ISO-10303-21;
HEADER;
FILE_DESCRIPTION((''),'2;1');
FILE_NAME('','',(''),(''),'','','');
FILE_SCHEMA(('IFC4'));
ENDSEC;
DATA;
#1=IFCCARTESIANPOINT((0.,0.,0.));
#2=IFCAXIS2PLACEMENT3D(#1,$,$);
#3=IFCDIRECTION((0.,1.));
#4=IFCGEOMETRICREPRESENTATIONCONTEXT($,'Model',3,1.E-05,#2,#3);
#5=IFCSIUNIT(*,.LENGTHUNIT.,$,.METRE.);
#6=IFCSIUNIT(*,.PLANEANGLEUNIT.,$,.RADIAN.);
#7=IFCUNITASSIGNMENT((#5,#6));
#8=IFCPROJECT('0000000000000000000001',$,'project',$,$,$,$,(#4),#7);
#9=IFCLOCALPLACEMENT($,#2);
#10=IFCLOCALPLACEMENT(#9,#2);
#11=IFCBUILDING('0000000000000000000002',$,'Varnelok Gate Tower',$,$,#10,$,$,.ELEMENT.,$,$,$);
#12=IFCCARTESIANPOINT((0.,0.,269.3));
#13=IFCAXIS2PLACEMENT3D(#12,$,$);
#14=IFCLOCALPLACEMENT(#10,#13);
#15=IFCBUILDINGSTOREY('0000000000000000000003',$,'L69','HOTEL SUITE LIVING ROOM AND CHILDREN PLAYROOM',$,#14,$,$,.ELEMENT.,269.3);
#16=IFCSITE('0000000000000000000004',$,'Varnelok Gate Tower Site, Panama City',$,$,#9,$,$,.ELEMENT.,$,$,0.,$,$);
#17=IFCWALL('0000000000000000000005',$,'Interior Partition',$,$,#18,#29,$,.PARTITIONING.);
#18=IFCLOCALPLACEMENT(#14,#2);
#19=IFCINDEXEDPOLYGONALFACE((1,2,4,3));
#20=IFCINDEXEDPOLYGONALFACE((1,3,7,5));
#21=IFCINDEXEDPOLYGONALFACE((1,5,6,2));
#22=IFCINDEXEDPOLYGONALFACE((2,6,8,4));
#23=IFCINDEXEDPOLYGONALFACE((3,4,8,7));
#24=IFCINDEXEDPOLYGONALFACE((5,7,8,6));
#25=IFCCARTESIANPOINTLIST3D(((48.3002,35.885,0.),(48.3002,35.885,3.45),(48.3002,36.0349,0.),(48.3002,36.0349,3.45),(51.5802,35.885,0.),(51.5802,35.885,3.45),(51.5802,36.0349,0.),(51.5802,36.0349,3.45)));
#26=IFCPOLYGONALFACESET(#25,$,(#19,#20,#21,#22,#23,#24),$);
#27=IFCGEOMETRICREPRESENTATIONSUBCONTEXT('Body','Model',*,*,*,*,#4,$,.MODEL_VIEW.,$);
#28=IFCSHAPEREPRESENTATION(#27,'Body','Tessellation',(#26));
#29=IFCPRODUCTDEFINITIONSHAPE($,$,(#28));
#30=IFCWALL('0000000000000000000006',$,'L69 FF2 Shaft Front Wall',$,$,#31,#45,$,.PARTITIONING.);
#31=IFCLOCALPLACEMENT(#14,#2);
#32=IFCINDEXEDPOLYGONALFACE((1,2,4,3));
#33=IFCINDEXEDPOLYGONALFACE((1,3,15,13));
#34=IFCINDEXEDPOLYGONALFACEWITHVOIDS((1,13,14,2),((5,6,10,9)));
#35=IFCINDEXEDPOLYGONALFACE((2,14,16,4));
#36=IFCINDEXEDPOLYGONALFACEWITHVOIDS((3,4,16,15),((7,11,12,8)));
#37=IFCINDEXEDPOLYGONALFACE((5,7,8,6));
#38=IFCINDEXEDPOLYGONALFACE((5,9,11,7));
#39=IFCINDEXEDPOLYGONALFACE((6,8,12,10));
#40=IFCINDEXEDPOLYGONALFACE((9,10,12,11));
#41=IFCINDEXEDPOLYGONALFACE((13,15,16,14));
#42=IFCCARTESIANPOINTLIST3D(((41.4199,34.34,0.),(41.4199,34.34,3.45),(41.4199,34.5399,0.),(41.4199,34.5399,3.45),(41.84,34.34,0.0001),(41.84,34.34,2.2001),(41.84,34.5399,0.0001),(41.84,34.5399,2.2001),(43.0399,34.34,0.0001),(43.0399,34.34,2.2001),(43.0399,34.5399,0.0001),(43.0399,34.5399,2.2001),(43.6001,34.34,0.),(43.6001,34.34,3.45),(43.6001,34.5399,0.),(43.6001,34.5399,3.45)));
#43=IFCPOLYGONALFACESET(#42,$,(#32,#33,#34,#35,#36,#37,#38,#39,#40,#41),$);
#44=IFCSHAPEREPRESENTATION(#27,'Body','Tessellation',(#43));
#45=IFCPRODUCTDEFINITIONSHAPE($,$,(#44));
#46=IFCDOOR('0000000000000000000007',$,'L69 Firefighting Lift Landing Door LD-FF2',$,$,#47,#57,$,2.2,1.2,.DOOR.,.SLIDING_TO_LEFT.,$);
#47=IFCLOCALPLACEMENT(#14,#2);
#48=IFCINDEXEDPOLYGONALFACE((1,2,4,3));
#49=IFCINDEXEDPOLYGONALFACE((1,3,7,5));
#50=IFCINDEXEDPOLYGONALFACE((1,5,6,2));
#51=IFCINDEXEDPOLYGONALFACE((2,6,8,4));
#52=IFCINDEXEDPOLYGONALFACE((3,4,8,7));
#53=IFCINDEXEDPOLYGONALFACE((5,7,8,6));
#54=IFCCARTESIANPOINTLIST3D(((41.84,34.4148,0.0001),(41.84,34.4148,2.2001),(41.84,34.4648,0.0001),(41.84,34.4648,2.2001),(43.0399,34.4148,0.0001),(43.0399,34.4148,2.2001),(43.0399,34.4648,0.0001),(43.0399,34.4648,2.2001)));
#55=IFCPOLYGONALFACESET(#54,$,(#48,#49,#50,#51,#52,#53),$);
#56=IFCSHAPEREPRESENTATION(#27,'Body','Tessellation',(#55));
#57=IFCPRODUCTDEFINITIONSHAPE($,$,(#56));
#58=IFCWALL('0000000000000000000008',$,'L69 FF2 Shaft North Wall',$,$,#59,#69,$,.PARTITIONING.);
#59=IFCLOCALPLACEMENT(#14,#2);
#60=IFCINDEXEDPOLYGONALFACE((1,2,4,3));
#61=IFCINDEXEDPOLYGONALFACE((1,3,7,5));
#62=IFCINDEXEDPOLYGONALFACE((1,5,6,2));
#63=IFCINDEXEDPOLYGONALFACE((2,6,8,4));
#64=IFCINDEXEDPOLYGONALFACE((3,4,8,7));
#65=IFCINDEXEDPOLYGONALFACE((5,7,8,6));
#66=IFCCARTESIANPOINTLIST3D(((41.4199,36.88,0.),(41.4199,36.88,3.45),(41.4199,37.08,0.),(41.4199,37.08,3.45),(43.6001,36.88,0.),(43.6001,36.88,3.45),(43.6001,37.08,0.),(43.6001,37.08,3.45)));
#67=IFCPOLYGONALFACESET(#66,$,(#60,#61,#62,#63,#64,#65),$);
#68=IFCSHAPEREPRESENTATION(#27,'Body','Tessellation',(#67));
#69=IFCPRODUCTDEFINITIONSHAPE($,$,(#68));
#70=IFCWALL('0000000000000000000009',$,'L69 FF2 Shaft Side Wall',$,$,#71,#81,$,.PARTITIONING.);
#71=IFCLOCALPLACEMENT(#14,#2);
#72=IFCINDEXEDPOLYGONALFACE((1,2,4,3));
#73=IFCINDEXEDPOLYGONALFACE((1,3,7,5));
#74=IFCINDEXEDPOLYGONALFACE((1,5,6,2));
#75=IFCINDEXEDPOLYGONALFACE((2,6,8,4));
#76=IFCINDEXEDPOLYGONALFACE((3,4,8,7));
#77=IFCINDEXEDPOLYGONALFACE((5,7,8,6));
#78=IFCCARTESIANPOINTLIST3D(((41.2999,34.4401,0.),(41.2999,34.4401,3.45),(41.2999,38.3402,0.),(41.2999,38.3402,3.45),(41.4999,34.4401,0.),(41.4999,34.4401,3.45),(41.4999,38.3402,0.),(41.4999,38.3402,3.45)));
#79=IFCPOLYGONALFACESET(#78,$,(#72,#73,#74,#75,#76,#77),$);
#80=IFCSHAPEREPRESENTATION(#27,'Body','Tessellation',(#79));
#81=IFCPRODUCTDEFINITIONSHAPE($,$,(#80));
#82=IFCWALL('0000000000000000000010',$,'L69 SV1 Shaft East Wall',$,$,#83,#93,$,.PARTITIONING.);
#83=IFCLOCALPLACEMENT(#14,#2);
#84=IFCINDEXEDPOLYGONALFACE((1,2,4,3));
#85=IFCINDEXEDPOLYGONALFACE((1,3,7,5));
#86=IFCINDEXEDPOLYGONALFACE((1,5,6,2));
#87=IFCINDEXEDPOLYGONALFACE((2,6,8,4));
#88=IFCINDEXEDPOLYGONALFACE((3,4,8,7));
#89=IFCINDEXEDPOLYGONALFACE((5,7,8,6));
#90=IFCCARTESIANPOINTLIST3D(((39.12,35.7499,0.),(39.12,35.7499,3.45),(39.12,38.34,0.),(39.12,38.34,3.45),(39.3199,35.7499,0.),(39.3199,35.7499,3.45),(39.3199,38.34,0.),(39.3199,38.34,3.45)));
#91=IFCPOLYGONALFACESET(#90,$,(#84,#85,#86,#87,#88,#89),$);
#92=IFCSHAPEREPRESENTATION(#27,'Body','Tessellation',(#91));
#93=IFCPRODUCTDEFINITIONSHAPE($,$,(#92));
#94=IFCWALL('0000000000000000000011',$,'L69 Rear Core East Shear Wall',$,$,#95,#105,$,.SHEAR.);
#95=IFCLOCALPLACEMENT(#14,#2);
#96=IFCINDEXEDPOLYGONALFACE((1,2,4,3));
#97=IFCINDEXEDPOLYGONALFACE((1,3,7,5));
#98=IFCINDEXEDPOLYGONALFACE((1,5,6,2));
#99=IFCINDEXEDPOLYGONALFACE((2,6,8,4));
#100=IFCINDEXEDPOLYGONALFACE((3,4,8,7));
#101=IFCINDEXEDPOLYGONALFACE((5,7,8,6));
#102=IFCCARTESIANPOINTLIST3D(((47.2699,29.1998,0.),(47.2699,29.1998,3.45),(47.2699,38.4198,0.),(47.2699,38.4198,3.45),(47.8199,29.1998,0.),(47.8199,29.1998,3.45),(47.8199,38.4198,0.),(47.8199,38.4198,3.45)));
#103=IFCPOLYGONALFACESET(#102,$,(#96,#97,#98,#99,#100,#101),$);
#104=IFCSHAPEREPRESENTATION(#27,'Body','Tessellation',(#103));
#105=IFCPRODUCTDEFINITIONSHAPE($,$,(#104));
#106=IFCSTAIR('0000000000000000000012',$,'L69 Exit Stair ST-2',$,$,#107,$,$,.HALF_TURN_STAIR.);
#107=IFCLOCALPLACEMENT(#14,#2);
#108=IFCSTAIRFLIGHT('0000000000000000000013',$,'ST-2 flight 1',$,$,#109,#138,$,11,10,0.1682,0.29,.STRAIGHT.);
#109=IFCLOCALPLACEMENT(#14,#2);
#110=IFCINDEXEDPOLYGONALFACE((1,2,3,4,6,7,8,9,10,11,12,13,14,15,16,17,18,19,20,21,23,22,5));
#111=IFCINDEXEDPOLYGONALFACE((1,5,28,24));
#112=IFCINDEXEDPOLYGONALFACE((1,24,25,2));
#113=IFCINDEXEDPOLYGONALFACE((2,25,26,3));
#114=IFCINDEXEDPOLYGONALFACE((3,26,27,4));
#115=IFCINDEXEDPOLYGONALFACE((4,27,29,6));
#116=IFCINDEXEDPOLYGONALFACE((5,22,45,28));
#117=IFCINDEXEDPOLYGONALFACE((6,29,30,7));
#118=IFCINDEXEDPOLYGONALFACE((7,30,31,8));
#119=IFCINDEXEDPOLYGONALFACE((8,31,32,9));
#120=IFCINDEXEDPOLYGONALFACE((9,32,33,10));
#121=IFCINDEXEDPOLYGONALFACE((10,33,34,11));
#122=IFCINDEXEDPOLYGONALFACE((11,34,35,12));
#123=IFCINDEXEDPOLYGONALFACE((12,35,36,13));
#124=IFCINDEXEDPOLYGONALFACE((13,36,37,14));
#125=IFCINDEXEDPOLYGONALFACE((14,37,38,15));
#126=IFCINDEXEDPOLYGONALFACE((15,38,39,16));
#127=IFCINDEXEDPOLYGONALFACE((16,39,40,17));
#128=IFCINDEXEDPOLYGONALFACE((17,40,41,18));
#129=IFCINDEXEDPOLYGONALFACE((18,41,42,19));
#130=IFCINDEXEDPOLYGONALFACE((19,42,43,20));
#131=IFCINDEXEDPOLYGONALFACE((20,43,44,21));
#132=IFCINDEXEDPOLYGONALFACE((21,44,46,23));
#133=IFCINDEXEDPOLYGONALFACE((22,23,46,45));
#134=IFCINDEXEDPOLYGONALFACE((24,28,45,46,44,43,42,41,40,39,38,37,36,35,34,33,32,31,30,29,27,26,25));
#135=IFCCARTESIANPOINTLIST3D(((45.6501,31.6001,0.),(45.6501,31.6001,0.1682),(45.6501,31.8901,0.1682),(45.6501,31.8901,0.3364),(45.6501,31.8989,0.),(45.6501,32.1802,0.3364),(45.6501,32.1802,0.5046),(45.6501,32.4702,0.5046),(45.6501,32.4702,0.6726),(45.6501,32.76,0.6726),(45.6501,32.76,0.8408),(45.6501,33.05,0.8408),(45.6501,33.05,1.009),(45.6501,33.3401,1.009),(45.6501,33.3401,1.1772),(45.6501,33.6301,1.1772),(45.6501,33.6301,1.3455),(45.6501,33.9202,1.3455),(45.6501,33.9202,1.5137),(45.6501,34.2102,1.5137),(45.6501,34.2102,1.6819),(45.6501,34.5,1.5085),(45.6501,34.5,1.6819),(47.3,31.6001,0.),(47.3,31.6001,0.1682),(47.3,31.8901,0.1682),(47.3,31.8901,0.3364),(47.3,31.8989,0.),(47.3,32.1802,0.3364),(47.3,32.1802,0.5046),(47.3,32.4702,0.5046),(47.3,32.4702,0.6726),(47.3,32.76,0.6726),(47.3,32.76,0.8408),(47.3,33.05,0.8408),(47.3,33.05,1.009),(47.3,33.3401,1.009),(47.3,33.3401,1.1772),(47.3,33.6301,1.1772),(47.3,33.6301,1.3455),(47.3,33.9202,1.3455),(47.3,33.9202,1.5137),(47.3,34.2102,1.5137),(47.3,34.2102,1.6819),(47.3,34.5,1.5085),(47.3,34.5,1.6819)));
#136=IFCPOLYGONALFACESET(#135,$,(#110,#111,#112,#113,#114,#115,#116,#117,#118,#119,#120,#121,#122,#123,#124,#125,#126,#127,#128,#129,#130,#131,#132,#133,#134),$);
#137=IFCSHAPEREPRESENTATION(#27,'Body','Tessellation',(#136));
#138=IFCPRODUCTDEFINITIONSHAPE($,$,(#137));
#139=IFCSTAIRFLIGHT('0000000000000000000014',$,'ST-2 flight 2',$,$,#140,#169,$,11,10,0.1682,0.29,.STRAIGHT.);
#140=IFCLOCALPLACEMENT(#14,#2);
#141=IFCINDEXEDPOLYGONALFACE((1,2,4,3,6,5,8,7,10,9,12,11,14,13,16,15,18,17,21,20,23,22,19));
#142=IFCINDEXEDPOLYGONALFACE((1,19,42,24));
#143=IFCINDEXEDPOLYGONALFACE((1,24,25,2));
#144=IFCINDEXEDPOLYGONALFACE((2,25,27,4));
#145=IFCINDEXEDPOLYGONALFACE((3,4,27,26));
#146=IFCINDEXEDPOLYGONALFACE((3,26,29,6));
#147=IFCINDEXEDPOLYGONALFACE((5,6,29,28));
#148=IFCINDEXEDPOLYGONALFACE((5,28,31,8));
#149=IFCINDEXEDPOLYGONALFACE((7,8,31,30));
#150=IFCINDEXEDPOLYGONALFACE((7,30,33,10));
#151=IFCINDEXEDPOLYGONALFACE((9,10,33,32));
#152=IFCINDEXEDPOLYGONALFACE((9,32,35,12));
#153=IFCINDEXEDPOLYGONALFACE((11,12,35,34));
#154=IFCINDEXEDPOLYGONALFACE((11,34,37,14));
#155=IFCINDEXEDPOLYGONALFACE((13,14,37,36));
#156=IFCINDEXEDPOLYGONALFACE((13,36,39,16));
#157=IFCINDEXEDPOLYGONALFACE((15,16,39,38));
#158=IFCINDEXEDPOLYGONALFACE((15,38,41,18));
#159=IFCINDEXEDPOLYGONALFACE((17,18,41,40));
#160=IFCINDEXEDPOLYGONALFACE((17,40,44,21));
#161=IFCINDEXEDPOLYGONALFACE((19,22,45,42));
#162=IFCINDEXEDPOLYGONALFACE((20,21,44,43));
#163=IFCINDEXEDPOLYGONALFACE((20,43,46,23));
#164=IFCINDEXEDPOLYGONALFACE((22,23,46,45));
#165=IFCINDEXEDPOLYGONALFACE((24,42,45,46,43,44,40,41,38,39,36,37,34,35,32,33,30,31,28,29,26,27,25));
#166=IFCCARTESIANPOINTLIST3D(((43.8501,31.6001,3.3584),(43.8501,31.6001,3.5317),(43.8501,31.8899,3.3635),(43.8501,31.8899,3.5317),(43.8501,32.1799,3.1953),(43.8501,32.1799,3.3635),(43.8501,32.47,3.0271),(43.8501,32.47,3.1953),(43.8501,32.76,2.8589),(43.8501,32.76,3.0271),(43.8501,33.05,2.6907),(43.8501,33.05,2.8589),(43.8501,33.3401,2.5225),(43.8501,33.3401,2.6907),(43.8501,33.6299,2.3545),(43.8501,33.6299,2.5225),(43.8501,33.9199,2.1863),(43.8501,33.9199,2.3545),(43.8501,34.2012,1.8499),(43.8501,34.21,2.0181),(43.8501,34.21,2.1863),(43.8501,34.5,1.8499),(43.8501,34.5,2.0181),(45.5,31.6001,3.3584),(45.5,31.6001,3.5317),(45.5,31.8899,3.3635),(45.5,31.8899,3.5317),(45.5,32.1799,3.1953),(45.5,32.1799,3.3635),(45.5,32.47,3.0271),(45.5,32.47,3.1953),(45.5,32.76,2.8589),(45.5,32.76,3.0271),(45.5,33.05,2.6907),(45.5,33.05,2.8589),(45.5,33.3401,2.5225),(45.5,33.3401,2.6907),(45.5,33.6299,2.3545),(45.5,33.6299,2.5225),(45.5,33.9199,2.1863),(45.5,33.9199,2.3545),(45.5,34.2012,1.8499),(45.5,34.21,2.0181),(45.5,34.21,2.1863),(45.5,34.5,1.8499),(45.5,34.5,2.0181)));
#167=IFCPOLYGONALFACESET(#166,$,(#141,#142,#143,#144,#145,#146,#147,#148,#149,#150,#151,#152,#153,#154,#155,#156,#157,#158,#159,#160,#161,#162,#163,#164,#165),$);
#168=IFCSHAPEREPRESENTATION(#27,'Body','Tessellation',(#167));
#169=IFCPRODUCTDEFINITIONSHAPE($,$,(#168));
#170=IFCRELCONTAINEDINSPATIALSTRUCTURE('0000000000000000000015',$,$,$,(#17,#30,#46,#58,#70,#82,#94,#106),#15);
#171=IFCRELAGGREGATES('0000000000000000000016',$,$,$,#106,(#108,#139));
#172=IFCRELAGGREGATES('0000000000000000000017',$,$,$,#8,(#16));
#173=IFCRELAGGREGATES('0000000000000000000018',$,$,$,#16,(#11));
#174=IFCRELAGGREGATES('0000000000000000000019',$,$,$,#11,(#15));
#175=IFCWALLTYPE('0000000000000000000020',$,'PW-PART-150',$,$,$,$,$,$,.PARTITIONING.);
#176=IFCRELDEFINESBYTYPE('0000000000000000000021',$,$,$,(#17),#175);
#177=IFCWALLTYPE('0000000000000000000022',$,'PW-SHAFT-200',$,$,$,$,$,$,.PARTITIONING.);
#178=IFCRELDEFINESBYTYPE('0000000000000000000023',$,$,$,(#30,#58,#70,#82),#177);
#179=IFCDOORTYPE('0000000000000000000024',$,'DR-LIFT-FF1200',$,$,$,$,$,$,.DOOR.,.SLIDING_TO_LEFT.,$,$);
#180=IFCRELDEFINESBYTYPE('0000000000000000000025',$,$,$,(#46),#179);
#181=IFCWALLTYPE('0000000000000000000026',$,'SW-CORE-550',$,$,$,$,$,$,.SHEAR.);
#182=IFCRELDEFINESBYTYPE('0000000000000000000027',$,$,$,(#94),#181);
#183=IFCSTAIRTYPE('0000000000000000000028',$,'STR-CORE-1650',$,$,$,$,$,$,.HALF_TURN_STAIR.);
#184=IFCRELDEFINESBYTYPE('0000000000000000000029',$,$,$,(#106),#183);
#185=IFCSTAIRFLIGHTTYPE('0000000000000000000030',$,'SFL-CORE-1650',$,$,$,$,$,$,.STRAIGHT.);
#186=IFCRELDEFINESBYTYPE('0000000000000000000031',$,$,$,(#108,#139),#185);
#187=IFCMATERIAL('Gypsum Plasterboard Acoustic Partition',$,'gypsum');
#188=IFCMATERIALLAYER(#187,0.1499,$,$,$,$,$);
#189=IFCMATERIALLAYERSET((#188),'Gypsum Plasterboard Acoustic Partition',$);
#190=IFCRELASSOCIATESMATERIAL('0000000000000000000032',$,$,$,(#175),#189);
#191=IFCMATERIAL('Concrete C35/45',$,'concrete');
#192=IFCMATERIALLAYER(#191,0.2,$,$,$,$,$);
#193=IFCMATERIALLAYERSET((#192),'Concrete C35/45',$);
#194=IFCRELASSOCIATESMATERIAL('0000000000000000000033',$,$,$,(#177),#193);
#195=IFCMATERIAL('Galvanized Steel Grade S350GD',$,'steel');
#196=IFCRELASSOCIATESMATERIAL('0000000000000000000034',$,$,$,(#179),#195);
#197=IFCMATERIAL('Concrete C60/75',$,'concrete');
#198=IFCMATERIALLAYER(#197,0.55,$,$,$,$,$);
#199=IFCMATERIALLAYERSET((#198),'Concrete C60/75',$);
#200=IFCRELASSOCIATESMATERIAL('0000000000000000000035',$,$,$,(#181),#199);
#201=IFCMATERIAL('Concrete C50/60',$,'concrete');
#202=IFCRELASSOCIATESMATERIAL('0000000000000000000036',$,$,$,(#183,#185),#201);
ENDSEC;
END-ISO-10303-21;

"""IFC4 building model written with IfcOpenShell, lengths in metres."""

from ifc_helpers import new_model, si_unit, direction, frame, frame_2d, origin, place, context, subcontext, project, spatial, polyline, rectangle, outline, extrude, material, layer, layer_set, type_object, element, fill, aggregate, save


model = new_model("IFC4")

# Units and contexts
model_context = context("Model", 3, precision=1e-05, world=origin(), true_north=direction((0.0, 1.0)))
body_context = subcontext(model_context, "Body", "Model", "MODEL_VIEW")
ifc_project = project(units=[si_unit("LENGTHUNIT", "METRE"), si_unit("PLANEANGLEUNIT", "RADIAN")], contexts=[model_context])

# Site, building, storey
site_placement = place(None, origin())
site = spatial("IfcSite", under=ifc_project, at=site_placement, Name="Varnelok Gate Tower Site, Panama City", CompositionType="ELEMENT", RefElevation=0.0)
building_placement = place(site_placement, origin())
building = spatial("IfcBuilding", under=site, at=building_placement, Name="Varnelok Gate Tower", CompositionType="ELEMENT")
storey_placement = place(building_placement, frame((0.0, 0.0, 269.3)))
storey = spatial("IfcBuildingStorey", under=building, at=storey_placement, Name="L69", Description="HOTEL SUITE LIVING ROOM AND CHILDREN PLAYROOM", CompositionType="ELEMENT", Elevation=269.3)

# Shared definitions
ifc_material_1 = material(Name="Concrete C50/60", Category="concrete")

# Shared definitions
ifc_material_2 = material(Name="Gypsum Plasterboard Acoustic Partition", Category="gypsum")
ifc_layer_1 = layer(ifc_material_2, 0.1499)
ifc_layer_set_1 = layer_set([ifc_layer_1], Name="Gypsum Plasterboard Acoustic Partition")
wall_type_1 = type_object("IfcWallType", Name="PW-PART-150", PredefinedType="PARTITIONING", material=ifc_layer_set_1)
ifc_material_3 = material(Name="Galvanized Steel Grade S350GD", Category="steel")

# Wall
wall_1_placement = place(storey_placement, frame((48.3, 35.96, 0.0), z_axis=(0.0, 0.0, 1.0), x_axis=(1.0, 0.0, 0.0)))
element("IfcWall", 1, at=wall_1_placement, inside=storey, type_object=wall_type_1, Name="Interior Partition", PredefinedType="PARTITIONING", context=body_context, shape_type="SweptSolid", body=[
    extrude(rectangle(XDim=3.28, YDim=0.1499, at=frame_2d((1.6401, 0.0))), origin(), (0.0, 0.0, 1.0), 3.45),
])

# Wall, opening, door
ifc_material_4 = material(Name="Concrete C35/45", Category="concrete")
ifc_layer_2 = layer(ifc_material_4, 0.2)
ifc_layer_set_2 = layer_set([ifc_layer_2], Name="Concrete C35/45")
wall_type_2 = type_object("IfcWallType", Name="PW-SHAFT-200", PredefinedType="PARTITIONING", material=ifc_layer_set_2)
wall_2_placement = place(storey_placement, frame((41.4199, 34.4399, 0.0), z_axis=(0.0, 0.0, 1.0), x_axis=(1.0, 0.0, 0.0)))
wall_2 = element("IfcWall", 2, at=wall_2_placement, inside=storey, type_object=wall_type_2, Name="L69 FF2 Shaft Front Wall", PredefinedType="PARTITIONING", context=body_context, shape_type="SweptSolid", body=[
    extrude(rectangle(XDim=2.1802, YDim=0.2, at=frame_2d((1.0901, 0.0))), origin(), (0.0, 0.0, 1.0), 3.45),
])
opening_1_placement = place(wall_2_placement, frame((0.4199, 0.0, 0.0)))
opening_1 = element("IfcOpeningElement", 3, at=opening_1_placement, cuts=wall_2, PredefinedType="OPENING", context=body_context, shape_type="SweptSolid", body=[
    extrude(rectangle(XDim=1.2, YDim=2.2, at=frame_2d((0.6001, 1.1001))), frame((0.0, 0.1099, 0.0), z_axis=(0.0, -1.0, 0.0), x_axis=(1.0, 0.0, 0.0)), (0.0, 0.0, 1.0), 0.22),
])
door_type_1 = type_object("IfcDoorType", Name="DR-LIFT-FF1200", OperationType="SLIDING_TO_LEFT", PredefinedType="DOOR", material=ifc_material_3)
door_1_placement = place(opening_1_placement, origin())
door_1 = element("IfcDoor", 4, at=door_1_placement, inside=storey, type_object=door_type_1, Name="L69 Firefighting Lift Landing Door LD-FF2", OperationType="SLIDING_TO_LEFT", OverallHeight=2.2, OverallWidth=1.2, PredefinedType="DOOR", context=body_context, shape_type="SweptSolid", body=[
    extrude(rectangle(XDim=1.2, YDim=2.2, at=frame_2d((0.6001, 1.1001))), frame((0.0, 0.0249, 0.0), z_axis=(0.0, -1.0, 0.0), x_axis=(1.0, 0.0, 0.0)), (0.0, 0.0, 1.0), 0.05),
])
fill(opening_1, door_1)

# Walls
wall_3_placement = place(storey_placement, frame((41.4199, 36.98, 0.0), z_axis=(0.0, 0.0, 1.0), x_axis=(1.0, 0.0, 0.0)))
element("IfcWall", 5, at=wall_3_placement, inside=storey, type_object=wall_type_2, Name="L69 FF2 Shaft North Wall", PredefinedType="PARTITIONING", context=body_context, shape_type="SweptSolid", body=[
    extrude(rectangle(XDim=2.1802, YDim=0.2, at=frame_2d((1.0901, 0.0))), origin(), (0.0, 0.0, 1.0), 3.45),
])
wall_4_placement = place(storey_placement, frame((41.3999, 34.4399, 0.0), z_axis=(0.0, 0.0, 1.0), x_axis=(0.0, 1.0, 0.0)))
element("IfcWall", 6, at=wall_4_placement, inside=storey, type_object=wall_type_2, Name="L69 FF2 Shaft Side Wall", PredefinedType="PARTITIONING", context=body_context, shape_type="SweptSolid", body=[
    extrude(rectangle(XDim=3.9001, YDim=0.2, at=frame_2d((1.9502, 0.0))), origin(), (0.0, 0.0, 1.0), 3.45),
])
wall_5_placement = place(storey_placement, frame((39.22, 35.75, 0.0), z_axis=(0.0, 0.0, 1.0), x_axis=(0.0, 1.0, 0.0)))
element("IfcWall", 7, at=wall_5_placement, inside=storey, type_object=wall_type_2, Name="L69 SV1 Shaft East Wall", PredefinedType="PARTITIONING", context=body_context, shape_type="SweptSolid", body=[
    extrude(rectangle(XDim=2.5901, YDim=0.2, at=frame_2d((1.2949, 0.0))), origin(), (0.0, 0.0, 1.0), 3.45),
])
ifc_material_5 = material(Name="Concrete C60/75", Category="concrete")
ifc_layer_3 = layer(ifc_material_5, 0.55)
ifc_layer_set_3 = layer_set([ifc_layer_3], Name="Concrete C60/75")
wall_type_3 = type_object("IfcWallType", Name="SW-CORE-550", PredefinedType="SHEAR", material=ifc_layer_set_3)
wall_6_placement = place(storey_placement, frame((47.5449, 29.2, 0.0), z_axis=(0.0, 0.0, 1.0), x_axis=(0.0, 1.0, 0.0)))
element("IfcWall", 8, at=wall_6_placement, inside=storey, type_object=wall_type_3, Name="L69 Rear Core East Shear Wall", PredefinedType="SHEAR", context=body_context, shape_type="SweptSolid", body=[
    extrude(rectangle(XDim=9.22, YDim=0.55, at=frame_2d((4.6099, 0.0))), origin(), (0.0, 0.0, 1.0), 3.45),
])

# Stair, stair flights
stair_type = type_object("IfcStairType", Name="STR-CORE-1650", PredefinedType="HALF_TURN_STAIR", material=ifc_material_1)
stair_placement = place(storey_placement, origin())
stair = element("IfcStair", 9, at=stair_placement, inside=storey, type_object=stair_type, Name="L69 Exit Stair ST-2", PredefinedType="HALF_TURN_STAIR")
stair_flight_type = type_object("IfcStairFlightType", Name="SFL-CORE-1650", PredefinedType="STRAIGHT", material=ifc_material_1)
stair_flight_1_placement = place(storey_placement, frame((46.4751, 31.6001, 0.0), z_axis=(0.0, 0.0, 1.0), x_axis=(0.0, 1.0, 0.0)))
stair_flight_1 = element("IfcStairFlight", 10, at=stair_flight_1_placement, type_object=stair_flight_type, Name="ST-2 flight 1", NumberOfRisers=11, NumberOfTreads=10, PredefinedType="STRAIGHT", RiserHeight=0.1682, TreadLength=0.29, context=body_context, shape_type="SweptSolid", body=[
    extrude(outline(polyline([(0.0, 0.0), (0.0, 0.1682), (0.29, 0.1682), (0.29, 0.3364), (0.5801, 0.3364), (0.5801, 0.5046), (0.8701, 0.5046), (0.8701, 0.6726), (1.1599, 0.6726), (1.1599, 0.8408), (1.45, 0.8408), (1.45, 1.009), (1.74, 1.009), (1.74, 1.1772), (2.03, 1.1772), (2.03, 1.3455), (2.3201, 1.3455), (2.3201, 1.5137), (2.6101, 1.5137), (2.6101, 1.6819), (2.8999, 1.6819), (2.8999, 1.8501), (2.8999, 1.5085), (0.2988, 0.0), (0.0, 0.0)])), frame((0.0, 0.825, 0.0), z_axis=(0.0, -1.0, 0.0), x_axis=(1.0, 0.0, 0.0)), (0.0, 0.0, 1.0), 1.6499),
])
stair_flight_2_placement = place(storey_placement, frame((44.675, 34.5, 1.8499), z_axis=(0.0, 0.0, 1.0), x_axis=(0.0, -1.0, 0.0)))
stair_flight_2 = element("IfcStairFlight", 11, at=stair_flight_2_placement, type_object=stair_flight_type, Name="ST-2 flight 2", NumberOfRisers=11, NumberOfTreads=10, PredefinedType="STRAIGHT", RiserHeight=0.1682, TreadLength=0.29, context=body_context, shape_type="SweptSolid", body=[
    extrude(outline(polyline([(0.0, 0.0), (0.0, 0.1682), (0.29, 0.1682), (0.29, 0.3364), (0.5801, 0.3364), (0.5801, 0.5046), (0.8701, 0.5046), (0.8701, 0.6726), (1.1599, 0.6726), (1.1599, 0.8408), (1.45, 0.8408), (1.45, 1.009), (1.74, 1.009), (1.74, 1.1772), (2.03, 1.1772), (2.03, 1.3455), (2.3201, 1.3455), (2.3201, 1.5137), (2.6101, 1.5137), (2.6101, 1.6819), (2.8999, 1.6819), (2.8999, 1.8501), (2.8999, 1.5085), (0.2988, 0.0), (0.0, 0.0)])), frame((0.0, 0.825, 0.0), z_axis=(0.0, -1.0, 0.0), x_axis=(1.0, 0.0, 0.0)), (0.0, 0.0, 1.0), 1.6499),
])
aggregate(stair, [stair_flight_1, stair_flight_2])

save(model, "model.ifc")
